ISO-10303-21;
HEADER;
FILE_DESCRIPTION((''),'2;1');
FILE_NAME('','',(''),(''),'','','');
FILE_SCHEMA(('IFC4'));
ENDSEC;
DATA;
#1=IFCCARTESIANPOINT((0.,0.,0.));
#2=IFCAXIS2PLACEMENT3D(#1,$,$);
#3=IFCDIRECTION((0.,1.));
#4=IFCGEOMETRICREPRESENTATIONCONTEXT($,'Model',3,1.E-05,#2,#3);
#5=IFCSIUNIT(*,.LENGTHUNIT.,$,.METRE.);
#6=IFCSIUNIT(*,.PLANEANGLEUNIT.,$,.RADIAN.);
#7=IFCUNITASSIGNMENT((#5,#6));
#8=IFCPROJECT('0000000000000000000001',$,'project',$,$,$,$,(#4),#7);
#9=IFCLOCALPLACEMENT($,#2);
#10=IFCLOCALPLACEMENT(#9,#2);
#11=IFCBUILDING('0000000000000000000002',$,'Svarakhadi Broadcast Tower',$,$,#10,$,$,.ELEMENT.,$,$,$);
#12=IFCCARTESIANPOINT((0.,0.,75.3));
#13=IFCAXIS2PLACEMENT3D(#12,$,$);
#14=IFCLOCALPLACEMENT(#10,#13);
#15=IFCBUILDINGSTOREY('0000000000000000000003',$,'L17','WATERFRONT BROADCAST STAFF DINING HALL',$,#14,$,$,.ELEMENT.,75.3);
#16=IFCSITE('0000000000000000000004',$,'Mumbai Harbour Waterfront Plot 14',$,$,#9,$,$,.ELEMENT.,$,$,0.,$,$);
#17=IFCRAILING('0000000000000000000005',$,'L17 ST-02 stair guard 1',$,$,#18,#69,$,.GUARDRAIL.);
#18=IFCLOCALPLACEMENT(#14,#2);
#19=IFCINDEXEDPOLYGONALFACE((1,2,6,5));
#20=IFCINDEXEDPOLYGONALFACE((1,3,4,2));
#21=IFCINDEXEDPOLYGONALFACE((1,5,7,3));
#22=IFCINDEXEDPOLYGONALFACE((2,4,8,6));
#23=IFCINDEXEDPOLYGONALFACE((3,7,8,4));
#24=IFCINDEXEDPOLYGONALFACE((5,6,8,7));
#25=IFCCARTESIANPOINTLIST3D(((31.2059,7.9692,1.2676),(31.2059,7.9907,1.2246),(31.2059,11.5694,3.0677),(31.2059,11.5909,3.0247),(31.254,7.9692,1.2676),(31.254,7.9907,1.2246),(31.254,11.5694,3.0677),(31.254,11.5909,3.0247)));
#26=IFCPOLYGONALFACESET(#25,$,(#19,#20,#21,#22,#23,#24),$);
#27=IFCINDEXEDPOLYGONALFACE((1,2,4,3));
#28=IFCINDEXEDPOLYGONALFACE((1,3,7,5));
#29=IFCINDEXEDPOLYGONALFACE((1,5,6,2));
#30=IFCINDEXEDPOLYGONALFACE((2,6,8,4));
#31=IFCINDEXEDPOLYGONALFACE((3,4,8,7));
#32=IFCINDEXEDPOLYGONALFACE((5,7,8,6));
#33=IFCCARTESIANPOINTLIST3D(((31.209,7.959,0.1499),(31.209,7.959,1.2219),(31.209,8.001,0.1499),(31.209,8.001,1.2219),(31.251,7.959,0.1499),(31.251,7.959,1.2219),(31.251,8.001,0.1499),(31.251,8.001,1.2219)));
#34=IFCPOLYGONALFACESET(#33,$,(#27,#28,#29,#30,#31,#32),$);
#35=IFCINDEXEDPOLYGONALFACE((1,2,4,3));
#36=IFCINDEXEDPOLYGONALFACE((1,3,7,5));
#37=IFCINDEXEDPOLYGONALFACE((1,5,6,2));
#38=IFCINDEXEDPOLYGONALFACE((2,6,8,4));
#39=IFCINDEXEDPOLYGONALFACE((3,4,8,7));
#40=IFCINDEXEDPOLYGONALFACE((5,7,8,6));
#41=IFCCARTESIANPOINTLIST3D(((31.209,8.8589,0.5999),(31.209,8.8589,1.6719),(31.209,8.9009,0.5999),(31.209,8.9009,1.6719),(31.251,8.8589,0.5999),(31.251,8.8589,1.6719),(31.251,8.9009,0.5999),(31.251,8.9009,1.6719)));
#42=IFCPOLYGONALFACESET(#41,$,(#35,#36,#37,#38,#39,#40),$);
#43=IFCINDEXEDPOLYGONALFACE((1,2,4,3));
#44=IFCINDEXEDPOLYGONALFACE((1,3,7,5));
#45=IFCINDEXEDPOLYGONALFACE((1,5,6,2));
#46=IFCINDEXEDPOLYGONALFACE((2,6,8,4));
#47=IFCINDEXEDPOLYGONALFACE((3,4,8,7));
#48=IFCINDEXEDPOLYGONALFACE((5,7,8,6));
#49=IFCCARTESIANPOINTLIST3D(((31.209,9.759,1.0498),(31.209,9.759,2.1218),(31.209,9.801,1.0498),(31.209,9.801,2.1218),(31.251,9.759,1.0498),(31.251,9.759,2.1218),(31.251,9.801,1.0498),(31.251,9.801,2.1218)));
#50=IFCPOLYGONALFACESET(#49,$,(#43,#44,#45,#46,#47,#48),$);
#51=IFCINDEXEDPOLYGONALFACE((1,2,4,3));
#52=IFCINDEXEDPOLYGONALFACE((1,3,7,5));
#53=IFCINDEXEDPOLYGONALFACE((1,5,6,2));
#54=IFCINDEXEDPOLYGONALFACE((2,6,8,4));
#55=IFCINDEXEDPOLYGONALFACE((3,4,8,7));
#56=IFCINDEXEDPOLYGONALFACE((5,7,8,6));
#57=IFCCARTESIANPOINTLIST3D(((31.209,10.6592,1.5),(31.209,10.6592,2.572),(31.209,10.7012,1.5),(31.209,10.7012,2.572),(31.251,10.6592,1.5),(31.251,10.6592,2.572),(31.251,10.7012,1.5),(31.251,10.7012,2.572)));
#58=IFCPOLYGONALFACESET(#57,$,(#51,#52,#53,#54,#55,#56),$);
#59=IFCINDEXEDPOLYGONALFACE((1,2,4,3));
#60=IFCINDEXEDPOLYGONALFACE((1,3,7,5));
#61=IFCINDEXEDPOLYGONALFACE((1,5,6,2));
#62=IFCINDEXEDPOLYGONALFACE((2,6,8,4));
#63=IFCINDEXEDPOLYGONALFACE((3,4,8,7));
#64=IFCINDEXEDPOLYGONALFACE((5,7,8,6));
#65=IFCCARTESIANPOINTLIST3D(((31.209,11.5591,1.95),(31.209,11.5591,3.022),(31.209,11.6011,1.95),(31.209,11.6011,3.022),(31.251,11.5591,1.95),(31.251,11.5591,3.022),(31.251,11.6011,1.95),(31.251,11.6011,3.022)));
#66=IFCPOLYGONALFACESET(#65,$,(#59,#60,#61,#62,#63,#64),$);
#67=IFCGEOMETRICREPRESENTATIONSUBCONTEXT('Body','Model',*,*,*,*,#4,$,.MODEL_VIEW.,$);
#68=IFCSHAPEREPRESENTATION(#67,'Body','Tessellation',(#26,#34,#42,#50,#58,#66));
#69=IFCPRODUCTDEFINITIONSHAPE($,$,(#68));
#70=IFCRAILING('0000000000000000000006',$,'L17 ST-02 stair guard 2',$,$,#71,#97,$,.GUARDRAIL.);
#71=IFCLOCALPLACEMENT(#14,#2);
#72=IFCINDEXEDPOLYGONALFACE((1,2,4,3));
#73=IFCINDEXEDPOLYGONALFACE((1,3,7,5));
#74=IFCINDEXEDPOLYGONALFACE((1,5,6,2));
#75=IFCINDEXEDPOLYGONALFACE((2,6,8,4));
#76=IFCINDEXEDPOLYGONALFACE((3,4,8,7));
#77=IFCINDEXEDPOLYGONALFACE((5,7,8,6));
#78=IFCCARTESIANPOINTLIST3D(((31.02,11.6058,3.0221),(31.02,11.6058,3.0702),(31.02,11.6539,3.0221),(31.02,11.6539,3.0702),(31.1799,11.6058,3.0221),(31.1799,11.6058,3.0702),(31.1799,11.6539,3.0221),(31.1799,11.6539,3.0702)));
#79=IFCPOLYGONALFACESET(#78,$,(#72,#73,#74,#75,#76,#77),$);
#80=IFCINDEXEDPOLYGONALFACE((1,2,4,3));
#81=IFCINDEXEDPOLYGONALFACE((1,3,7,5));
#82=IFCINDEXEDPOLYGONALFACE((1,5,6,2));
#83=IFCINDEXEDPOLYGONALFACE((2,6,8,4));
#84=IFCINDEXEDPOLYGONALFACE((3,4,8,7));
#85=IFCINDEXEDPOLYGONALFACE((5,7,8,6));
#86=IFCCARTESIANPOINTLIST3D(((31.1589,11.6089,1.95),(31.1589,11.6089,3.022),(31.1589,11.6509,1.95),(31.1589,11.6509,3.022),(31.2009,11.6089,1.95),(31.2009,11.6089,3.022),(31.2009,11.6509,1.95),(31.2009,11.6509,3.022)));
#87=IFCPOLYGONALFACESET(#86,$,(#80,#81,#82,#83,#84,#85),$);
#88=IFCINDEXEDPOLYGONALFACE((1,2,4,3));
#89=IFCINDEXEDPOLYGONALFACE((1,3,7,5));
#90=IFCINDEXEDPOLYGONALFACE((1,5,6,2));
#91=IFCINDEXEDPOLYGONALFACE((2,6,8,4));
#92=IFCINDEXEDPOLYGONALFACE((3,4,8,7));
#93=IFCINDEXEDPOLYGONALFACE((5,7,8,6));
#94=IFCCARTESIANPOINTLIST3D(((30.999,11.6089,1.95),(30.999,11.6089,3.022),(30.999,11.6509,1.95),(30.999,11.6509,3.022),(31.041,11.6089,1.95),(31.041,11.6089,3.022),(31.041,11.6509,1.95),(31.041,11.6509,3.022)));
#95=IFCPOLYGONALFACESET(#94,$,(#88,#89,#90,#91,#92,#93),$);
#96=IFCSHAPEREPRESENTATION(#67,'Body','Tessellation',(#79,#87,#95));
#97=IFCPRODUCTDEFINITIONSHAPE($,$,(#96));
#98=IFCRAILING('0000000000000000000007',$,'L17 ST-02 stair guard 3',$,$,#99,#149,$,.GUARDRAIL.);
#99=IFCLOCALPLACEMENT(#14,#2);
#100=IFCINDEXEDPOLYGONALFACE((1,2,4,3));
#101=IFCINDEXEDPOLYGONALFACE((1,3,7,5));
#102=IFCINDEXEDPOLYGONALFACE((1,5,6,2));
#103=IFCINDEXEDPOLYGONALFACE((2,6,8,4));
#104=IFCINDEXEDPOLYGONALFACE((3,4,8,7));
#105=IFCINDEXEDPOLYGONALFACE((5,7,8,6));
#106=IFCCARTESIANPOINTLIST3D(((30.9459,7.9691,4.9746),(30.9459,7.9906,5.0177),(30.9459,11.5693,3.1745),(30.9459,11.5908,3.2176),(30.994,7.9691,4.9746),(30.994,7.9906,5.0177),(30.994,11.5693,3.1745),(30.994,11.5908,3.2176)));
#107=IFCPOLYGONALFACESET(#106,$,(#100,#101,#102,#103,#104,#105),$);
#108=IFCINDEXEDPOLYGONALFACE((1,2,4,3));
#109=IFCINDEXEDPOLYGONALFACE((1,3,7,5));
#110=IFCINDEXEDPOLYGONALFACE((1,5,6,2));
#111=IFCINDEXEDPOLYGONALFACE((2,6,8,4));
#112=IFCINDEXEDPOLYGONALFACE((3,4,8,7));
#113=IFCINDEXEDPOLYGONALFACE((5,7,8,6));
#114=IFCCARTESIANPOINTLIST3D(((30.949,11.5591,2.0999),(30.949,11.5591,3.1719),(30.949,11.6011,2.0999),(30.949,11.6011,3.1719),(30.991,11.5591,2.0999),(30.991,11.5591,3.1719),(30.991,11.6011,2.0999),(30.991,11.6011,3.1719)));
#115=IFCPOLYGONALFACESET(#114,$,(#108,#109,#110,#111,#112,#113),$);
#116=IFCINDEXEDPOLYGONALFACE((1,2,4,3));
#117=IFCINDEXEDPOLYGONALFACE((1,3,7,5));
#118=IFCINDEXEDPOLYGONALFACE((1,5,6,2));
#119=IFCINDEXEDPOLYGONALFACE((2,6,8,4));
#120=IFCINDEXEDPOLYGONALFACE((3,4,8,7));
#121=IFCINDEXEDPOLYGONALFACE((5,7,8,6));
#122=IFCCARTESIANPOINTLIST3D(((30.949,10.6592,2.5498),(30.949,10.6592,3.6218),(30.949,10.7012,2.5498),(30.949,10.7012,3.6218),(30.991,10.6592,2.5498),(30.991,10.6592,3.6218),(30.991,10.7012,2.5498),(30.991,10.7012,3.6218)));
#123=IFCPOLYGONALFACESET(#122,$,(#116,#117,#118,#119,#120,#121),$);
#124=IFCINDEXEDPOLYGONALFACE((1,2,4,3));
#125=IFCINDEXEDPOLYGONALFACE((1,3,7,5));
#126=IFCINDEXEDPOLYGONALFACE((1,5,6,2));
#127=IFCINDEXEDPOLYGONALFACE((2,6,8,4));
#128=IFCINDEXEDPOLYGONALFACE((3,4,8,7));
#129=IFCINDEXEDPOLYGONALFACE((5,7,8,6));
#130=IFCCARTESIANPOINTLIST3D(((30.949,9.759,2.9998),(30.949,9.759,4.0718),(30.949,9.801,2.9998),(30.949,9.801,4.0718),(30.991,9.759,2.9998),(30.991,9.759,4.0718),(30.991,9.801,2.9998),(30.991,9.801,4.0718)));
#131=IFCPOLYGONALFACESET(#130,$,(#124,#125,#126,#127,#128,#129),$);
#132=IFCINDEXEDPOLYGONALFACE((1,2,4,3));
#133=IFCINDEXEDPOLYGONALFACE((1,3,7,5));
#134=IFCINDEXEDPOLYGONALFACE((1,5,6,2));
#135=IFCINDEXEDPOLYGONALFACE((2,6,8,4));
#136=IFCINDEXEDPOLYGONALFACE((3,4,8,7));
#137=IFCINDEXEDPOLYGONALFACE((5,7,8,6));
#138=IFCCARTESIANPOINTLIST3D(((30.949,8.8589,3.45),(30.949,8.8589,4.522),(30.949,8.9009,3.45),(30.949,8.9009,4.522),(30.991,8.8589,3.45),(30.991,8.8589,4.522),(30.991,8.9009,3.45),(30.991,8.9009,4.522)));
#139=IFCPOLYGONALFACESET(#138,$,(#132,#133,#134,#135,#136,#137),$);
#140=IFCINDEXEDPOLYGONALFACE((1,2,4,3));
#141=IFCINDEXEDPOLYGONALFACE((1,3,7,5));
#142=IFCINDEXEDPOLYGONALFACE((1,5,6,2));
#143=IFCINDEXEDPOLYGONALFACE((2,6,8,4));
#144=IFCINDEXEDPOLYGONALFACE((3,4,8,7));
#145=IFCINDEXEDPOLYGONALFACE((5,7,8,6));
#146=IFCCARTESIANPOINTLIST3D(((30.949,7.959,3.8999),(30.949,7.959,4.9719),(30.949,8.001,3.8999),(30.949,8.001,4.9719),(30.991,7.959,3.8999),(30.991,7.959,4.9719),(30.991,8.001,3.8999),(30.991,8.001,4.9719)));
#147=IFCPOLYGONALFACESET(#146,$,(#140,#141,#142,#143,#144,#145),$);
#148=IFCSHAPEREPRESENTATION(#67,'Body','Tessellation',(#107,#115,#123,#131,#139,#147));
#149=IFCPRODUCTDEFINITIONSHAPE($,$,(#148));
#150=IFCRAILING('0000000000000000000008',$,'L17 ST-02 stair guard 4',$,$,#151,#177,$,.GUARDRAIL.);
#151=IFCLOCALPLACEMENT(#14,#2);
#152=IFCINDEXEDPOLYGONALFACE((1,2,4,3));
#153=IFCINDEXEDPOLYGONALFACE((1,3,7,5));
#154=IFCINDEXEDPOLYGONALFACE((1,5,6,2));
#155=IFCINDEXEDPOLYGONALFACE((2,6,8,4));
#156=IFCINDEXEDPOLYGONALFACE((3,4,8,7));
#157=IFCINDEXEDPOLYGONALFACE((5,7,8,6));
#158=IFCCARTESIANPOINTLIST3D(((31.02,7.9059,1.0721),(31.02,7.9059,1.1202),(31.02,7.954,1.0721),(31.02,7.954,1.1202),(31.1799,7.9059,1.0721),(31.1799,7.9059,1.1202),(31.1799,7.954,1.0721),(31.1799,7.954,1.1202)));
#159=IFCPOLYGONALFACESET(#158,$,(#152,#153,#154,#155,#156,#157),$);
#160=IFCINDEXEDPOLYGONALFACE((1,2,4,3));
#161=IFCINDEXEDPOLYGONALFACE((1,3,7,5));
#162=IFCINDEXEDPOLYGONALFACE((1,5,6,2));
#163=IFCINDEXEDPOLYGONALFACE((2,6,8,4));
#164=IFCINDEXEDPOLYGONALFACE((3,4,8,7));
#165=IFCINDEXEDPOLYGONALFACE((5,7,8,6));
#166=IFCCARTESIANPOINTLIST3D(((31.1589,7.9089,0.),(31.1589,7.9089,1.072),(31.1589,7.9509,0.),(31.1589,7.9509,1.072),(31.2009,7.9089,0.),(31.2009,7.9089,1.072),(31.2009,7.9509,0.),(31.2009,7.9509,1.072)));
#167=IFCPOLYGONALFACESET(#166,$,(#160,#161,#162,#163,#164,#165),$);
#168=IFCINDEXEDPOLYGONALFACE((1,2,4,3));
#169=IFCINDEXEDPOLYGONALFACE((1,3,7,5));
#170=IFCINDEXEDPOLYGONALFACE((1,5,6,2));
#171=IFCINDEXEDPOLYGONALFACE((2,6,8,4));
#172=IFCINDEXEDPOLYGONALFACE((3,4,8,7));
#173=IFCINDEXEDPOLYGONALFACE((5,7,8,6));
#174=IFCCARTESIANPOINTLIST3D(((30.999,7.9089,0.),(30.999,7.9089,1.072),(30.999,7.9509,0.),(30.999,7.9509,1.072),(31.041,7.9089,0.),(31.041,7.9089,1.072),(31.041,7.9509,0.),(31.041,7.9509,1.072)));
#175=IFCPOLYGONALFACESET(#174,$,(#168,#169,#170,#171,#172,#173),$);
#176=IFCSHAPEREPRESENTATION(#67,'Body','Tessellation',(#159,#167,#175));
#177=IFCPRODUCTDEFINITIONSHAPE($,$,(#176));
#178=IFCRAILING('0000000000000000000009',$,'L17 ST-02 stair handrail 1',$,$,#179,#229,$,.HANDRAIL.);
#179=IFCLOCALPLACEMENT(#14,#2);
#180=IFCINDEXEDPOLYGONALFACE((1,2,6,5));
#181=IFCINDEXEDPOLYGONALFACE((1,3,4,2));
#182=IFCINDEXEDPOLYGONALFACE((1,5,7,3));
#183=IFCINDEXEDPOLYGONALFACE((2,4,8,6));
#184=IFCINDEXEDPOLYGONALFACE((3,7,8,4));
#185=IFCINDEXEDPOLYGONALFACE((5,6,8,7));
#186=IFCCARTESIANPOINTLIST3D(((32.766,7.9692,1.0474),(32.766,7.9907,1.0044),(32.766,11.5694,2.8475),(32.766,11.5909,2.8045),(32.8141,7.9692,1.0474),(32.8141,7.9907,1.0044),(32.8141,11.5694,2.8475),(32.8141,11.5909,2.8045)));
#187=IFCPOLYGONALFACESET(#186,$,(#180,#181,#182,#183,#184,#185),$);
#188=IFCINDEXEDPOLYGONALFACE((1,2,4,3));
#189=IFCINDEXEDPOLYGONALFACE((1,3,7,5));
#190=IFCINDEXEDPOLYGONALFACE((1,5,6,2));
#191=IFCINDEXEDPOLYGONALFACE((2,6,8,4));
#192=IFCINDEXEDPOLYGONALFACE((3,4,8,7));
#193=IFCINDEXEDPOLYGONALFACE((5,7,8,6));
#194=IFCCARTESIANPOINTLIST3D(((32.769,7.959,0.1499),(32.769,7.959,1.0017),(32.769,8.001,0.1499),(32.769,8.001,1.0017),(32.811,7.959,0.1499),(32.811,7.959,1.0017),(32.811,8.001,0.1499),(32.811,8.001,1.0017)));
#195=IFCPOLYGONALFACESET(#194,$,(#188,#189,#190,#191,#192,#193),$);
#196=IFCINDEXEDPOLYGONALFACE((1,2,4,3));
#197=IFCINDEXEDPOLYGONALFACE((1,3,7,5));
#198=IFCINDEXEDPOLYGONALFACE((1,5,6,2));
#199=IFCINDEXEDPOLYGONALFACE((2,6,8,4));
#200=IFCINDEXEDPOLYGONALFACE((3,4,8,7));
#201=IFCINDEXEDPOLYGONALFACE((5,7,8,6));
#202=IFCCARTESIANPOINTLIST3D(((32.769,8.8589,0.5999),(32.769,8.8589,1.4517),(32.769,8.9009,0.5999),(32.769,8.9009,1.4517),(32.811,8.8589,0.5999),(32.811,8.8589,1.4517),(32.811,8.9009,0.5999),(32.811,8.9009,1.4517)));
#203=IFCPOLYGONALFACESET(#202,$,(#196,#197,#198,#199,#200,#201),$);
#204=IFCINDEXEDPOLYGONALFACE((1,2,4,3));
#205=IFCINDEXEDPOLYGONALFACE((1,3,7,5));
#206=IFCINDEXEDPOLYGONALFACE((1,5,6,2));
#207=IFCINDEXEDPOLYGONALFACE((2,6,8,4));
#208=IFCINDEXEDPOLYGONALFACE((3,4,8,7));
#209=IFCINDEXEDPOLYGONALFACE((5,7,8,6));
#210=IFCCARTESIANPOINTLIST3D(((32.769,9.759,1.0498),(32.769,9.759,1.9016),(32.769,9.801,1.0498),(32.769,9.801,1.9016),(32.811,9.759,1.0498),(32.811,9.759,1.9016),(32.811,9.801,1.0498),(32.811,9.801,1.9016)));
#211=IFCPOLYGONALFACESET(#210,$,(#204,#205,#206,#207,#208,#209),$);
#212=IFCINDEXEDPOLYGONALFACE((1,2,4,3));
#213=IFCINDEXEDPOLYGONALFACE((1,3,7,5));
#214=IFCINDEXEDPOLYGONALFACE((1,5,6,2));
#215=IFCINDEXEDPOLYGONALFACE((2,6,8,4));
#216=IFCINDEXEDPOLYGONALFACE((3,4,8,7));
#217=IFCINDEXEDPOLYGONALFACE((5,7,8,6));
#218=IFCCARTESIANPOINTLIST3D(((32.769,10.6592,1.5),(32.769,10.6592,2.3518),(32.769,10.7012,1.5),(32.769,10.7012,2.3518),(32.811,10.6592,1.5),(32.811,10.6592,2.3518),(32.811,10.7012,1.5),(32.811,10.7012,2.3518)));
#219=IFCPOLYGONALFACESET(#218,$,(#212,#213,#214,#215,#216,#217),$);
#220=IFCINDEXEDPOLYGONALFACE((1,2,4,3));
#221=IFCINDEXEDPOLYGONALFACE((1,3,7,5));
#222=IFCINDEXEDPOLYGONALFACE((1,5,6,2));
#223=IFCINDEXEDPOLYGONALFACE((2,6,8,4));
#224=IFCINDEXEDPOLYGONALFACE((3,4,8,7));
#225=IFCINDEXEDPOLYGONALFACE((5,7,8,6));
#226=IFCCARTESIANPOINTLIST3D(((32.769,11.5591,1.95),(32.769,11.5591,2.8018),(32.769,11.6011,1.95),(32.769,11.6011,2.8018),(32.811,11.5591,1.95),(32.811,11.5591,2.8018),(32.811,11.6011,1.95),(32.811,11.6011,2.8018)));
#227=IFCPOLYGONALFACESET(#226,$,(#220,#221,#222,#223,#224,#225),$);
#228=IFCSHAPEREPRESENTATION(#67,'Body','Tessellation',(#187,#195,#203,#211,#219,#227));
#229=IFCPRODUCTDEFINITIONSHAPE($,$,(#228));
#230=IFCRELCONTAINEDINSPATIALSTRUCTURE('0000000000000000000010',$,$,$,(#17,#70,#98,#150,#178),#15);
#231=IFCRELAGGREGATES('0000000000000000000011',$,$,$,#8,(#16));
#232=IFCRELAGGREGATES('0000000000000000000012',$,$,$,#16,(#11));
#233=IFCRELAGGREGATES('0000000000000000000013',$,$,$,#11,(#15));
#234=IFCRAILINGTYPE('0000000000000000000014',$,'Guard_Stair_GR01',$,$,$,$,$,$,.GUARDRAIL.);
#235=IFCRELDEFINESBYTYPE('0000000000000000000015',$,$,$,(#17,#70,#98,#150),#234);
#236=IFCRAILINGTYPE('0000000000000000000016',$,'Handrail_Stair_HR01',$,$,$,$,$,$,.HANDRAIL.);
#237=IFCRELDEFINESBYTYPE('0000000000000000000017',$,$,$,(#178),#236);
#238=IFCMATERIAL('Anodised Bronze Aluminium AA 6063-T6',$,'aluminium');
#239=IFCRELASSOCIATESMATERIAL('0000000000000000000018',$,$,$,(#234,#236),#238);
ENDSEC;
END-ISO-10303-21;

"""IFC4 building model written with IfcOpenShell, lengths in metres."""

from ifc_helpers import new_model, si_unit, direction, frame, origin, origin_2d, place, context, subcontext, project, spatial, rectangle, extrude, material, type_object, element, save


model = new_model("IFC4")

# Units and contexts
model_context = context("Model", 3, precision=1e-05, world=origin(), true_north=direction((0.0, 1.0)))
body_context = subcontext(model_context, "Body", "Model", "MODEL_VIEW")
ifc_project = project(units=[si_unit("LENGTHUNIT", "METRE"), si_unit("PLANEANGLEUNIT", "RADIAN")], contexts=[model_context])

# Site, building, storey
site_placement = place(None, origin())
site = spatial("IfcSite", under=ifc_project, at=site_placement, Name="Mumbai Harbour Waterfront Plot 14", CompositionType="ELEMENT", RefElevation=0.0)
building_placement = place(site_placement, origin())
building = spatial("IfcBuilding", under=site, at=building_placement, Name="Svarakhadi Broadcast Tower", CompositionType="ELEMENT")
storey_placement = place(building_placement, frame((0.0, 0.0, 75.3)))
storey = spatial("IfcBuildingStorey", under=building, at=storey_placement, Name="L17", Description="WATERFRONT BROADCAST STAFF DINING HALL", CompositionType="ELEMENT", Elevation=75.3)

# Shared definitions
ifc_material_1 = material(Name="Anodised Bronze Aluminium AA 6063-T6", Category="aluminium")

# Railings
railing_type_1 = type_object("IfcRailingType", Name="Guard_Stair_GR01", PredefinedType="GUARDRAIL", material=ifc_material_1)
railing_1_placement = place(storey_placement, frame((31.23, 7.98, 0.1499)))
element("IfcRailing", 1, at=railing_1_placement, inside=storey, type_object=railing_type_1, Name="L17 ST-02 stair guard 1", PredefinedType="GUARDRAIL", context=body_context, shape_type="SweptSolid", body=[
    extrude(rectangle(XDim=0.0481, YDim=0.0481, at=origin_2d()), frame((0.0, 0.0, 1.0962), z_axis=(0.0, 0.894427, 0.447214), x_axis=(-1.0, 0.0, 0.0)), (0.0, 0.0, 1.0), 4.0251),
    extrude(rectangle(XDim=0.042, YDim=0.042, at=origin_2d()), origin(), (0.0, 0.0, 1.0), 1.072),
    extrude(rectangle(XDim=0.042, YDim=0.042, at=origin_2d()), frame((0.0, 0.8999, 0.45)), (0.0, 0.0, 1.0), 1.072),
    extrude(rectangle(XDim=0.042, YDim=0.042, at=origin_2d()), frame((0.0, 1.8, 0.8999)), (0.0, 0.0, 1.0), 1.072),
    extrude(rectangle(XDim=0.042, YDim=0.042, at=origin_2d()), frame((0.0, 2.7002, 1.3501)), (0.0, 0.0, 1.0), 1.072),
    extrude(rectangle(XDim=0.042, YDim=0.042, at=origin_2d()), frame((0.0, 3.6001, 1.8)), (0.0, 0.0, 1.0), 1.072),
])
railing_2_placement = place(storey_placement, frame((31.1799, 11.6299, 1.95)))
element("IfcRailing", 2, at=railing_2_placement, inside=storey, type_object=railing_type_1, Name="L17 ST-02 stair guard 2", PredefinedType="GUARDRAIL", context=body_context, shape_type="SweptSolid", body=[
    extrude(rectangle(XDim=0.0481, YDim=0.0481, at=origin_2d()), frame((0.0, 0.0, 1.0962), z_axis=(-1.0, 0.0, 0.0), x_axis=(0.0, -1.0, 0.0)), (0.0, 0.0, 1.0), 0.1599),
    extrude(rectangle(XDim=0.042, YDim=0.042, at=origin_2d()), origin(), (0.0, 0.0, 1.0), 1.072),
    extrude(rectangle(XDim=0.042, YDim=0.042, at=origin_2d()), frame((-0.1599, 0.0, 0.0)), (0.0, 0.0, 1.0), 1.072),
])
railing_3_placement = place(storey_placement, frame((30.97, 11.5801, 2.0999)))
element("IfcRailing", 3, at=railing_3_placement, inside=storey, type_object=railing_type_1, Name="L17 ST-02 stair guard 3", PredefinedType="GUARDRAIL", context=body_context, shape_type="SweptSolid", body=[
    extrude(rectangle(XDim=0.0481, YDim=0.0481, at=origin_2d()), frame((0.0, 0.0, 1.0962), z_axis=(0.0, -0.894427, 0.447214), x_axis=(1.0, 0.0, 0.0)), (0.0, 0.0, 1.0), 4.0251),
    extrude(rectangle(XDim=0.042, YDim=0.042, at=origin_2d()), origin(), (0.0, 0.0, 1.0), 1.072),
    extrude(rectangle(XDim=0.042, YDim=0.042, at=origin_2d()), frame((0.0, -0.8999, 0.45)), (0.0, 0.0, 1.0), 1.072),
    extrude(rectangle(XDim=0.042, YDim=0.042, at=origin_2d()), frame((0.0, -1.8, 0.8999)), (0.0, 0.0, 1.0), 1.072),
    extrude(rectangle(XDim=0.042, YDim=0.042, at=origin_2d()), frame((0.0, -2.7002, 1.3501)), (0.0, 0.0, 1.0), 1.072),
    extrude(rectangle(XDim=0.042, YDim=0.042, at=origin_2d()), frame((0.0, -3.6001, 1.8)), (0.0, 0.0, 1.0), 1.072),
])
railing_4_placement = place(storey_placement, frame((31.1799, 7.9299, 0.0)))
element("IfcRailing", 4, at=railing_4_placement, inside=storey, type_object=railing_type_1, Name="L17 ST-02 stair guard 4", PredefinedType="GUARDRAIL", context=body_context, shape_type="SweptSolid", body=[
    extrude(rectangle(XDim=0.0481, YDim=0.0481, at=origin_2d()), frame((0.0, 0.0, 1.0962), z_axis=(-1.0, 0.0, 0.0), x_axis=(0.0, -1.0, 0.0)), (0.0, 0.0, 1.0), 0.1599),
    extrude(rectangle(XDim=0.042, YDim=0.042, at=origin_2d()), origin(), (0.0, 0.0, 1.0), 1.072),
    extrude(rectangle(XDim=0.042, YDim=0.042, at=origin_2d()), frame((-0.1599, 0.0, 0.0)), (0.0, 0.0, 1.0), 1.072),
])
railing_type_2 = type_object("IfcRailingType", Name="Handrail_Stair_HR01", PredefinedType="HANDRAIL", material=ifc_material_1)
railing_5_placement = place(storey_placement, frame((32.79, 7.98, 0.1499)))
element("IfcRailing", 5, at=railing_5_placement, inside=storey, type_object=railing_type_2, Name="L17 ST-02 stair handrail 1", PredefinedType="HANDRAIL", context=body_context, shape_type="SweptSolid", body=[
    extrude(rectangle(XDim=0.0481, YDim=0.0481, at=origin_2d()), frame((0.0, 0.0, 0.876), z_axis=(0.0, 0.894427, 0.447214), x_axis=(-1.0, 0.0, 0.0)), (0.0, 0.0, 1.0), 4.0251),
    extrude(rectangle(XDim=0.042, YDim=0.042, at=origin_2d()), origin(), (0.0, 0.0, 1.0), 0.8518),
    extrude(rectangle(XDim=0.042, YDim=0.042, at=origin_2d()), frame((0.0, 0.8999, 0.45)), (0.0, 0.0, 1.0), 0.8518),
    extrude(rectangle(XDim=0.042, YDim=0.042, at=origin_2d()), frame((0.0, 1.8, 0.8999)), (0.0, 0.0, 1.0), 0.8518),
    extrude(rectangle(XDim=0.042, YDim=0.042, at=origin_2d()), frame((0.0, 2.7002, 1.3501)), (0.0, 0.0, 1.0), 0.8518),
    extrude(rectangle(XDim=0.042, YDim=0.042, at=origin_2d()), frame((0.0, 3.6001, 1.8)), (0.0, 0.0, 1.0), 0.8518),
])

save(model, "model.ifc")
